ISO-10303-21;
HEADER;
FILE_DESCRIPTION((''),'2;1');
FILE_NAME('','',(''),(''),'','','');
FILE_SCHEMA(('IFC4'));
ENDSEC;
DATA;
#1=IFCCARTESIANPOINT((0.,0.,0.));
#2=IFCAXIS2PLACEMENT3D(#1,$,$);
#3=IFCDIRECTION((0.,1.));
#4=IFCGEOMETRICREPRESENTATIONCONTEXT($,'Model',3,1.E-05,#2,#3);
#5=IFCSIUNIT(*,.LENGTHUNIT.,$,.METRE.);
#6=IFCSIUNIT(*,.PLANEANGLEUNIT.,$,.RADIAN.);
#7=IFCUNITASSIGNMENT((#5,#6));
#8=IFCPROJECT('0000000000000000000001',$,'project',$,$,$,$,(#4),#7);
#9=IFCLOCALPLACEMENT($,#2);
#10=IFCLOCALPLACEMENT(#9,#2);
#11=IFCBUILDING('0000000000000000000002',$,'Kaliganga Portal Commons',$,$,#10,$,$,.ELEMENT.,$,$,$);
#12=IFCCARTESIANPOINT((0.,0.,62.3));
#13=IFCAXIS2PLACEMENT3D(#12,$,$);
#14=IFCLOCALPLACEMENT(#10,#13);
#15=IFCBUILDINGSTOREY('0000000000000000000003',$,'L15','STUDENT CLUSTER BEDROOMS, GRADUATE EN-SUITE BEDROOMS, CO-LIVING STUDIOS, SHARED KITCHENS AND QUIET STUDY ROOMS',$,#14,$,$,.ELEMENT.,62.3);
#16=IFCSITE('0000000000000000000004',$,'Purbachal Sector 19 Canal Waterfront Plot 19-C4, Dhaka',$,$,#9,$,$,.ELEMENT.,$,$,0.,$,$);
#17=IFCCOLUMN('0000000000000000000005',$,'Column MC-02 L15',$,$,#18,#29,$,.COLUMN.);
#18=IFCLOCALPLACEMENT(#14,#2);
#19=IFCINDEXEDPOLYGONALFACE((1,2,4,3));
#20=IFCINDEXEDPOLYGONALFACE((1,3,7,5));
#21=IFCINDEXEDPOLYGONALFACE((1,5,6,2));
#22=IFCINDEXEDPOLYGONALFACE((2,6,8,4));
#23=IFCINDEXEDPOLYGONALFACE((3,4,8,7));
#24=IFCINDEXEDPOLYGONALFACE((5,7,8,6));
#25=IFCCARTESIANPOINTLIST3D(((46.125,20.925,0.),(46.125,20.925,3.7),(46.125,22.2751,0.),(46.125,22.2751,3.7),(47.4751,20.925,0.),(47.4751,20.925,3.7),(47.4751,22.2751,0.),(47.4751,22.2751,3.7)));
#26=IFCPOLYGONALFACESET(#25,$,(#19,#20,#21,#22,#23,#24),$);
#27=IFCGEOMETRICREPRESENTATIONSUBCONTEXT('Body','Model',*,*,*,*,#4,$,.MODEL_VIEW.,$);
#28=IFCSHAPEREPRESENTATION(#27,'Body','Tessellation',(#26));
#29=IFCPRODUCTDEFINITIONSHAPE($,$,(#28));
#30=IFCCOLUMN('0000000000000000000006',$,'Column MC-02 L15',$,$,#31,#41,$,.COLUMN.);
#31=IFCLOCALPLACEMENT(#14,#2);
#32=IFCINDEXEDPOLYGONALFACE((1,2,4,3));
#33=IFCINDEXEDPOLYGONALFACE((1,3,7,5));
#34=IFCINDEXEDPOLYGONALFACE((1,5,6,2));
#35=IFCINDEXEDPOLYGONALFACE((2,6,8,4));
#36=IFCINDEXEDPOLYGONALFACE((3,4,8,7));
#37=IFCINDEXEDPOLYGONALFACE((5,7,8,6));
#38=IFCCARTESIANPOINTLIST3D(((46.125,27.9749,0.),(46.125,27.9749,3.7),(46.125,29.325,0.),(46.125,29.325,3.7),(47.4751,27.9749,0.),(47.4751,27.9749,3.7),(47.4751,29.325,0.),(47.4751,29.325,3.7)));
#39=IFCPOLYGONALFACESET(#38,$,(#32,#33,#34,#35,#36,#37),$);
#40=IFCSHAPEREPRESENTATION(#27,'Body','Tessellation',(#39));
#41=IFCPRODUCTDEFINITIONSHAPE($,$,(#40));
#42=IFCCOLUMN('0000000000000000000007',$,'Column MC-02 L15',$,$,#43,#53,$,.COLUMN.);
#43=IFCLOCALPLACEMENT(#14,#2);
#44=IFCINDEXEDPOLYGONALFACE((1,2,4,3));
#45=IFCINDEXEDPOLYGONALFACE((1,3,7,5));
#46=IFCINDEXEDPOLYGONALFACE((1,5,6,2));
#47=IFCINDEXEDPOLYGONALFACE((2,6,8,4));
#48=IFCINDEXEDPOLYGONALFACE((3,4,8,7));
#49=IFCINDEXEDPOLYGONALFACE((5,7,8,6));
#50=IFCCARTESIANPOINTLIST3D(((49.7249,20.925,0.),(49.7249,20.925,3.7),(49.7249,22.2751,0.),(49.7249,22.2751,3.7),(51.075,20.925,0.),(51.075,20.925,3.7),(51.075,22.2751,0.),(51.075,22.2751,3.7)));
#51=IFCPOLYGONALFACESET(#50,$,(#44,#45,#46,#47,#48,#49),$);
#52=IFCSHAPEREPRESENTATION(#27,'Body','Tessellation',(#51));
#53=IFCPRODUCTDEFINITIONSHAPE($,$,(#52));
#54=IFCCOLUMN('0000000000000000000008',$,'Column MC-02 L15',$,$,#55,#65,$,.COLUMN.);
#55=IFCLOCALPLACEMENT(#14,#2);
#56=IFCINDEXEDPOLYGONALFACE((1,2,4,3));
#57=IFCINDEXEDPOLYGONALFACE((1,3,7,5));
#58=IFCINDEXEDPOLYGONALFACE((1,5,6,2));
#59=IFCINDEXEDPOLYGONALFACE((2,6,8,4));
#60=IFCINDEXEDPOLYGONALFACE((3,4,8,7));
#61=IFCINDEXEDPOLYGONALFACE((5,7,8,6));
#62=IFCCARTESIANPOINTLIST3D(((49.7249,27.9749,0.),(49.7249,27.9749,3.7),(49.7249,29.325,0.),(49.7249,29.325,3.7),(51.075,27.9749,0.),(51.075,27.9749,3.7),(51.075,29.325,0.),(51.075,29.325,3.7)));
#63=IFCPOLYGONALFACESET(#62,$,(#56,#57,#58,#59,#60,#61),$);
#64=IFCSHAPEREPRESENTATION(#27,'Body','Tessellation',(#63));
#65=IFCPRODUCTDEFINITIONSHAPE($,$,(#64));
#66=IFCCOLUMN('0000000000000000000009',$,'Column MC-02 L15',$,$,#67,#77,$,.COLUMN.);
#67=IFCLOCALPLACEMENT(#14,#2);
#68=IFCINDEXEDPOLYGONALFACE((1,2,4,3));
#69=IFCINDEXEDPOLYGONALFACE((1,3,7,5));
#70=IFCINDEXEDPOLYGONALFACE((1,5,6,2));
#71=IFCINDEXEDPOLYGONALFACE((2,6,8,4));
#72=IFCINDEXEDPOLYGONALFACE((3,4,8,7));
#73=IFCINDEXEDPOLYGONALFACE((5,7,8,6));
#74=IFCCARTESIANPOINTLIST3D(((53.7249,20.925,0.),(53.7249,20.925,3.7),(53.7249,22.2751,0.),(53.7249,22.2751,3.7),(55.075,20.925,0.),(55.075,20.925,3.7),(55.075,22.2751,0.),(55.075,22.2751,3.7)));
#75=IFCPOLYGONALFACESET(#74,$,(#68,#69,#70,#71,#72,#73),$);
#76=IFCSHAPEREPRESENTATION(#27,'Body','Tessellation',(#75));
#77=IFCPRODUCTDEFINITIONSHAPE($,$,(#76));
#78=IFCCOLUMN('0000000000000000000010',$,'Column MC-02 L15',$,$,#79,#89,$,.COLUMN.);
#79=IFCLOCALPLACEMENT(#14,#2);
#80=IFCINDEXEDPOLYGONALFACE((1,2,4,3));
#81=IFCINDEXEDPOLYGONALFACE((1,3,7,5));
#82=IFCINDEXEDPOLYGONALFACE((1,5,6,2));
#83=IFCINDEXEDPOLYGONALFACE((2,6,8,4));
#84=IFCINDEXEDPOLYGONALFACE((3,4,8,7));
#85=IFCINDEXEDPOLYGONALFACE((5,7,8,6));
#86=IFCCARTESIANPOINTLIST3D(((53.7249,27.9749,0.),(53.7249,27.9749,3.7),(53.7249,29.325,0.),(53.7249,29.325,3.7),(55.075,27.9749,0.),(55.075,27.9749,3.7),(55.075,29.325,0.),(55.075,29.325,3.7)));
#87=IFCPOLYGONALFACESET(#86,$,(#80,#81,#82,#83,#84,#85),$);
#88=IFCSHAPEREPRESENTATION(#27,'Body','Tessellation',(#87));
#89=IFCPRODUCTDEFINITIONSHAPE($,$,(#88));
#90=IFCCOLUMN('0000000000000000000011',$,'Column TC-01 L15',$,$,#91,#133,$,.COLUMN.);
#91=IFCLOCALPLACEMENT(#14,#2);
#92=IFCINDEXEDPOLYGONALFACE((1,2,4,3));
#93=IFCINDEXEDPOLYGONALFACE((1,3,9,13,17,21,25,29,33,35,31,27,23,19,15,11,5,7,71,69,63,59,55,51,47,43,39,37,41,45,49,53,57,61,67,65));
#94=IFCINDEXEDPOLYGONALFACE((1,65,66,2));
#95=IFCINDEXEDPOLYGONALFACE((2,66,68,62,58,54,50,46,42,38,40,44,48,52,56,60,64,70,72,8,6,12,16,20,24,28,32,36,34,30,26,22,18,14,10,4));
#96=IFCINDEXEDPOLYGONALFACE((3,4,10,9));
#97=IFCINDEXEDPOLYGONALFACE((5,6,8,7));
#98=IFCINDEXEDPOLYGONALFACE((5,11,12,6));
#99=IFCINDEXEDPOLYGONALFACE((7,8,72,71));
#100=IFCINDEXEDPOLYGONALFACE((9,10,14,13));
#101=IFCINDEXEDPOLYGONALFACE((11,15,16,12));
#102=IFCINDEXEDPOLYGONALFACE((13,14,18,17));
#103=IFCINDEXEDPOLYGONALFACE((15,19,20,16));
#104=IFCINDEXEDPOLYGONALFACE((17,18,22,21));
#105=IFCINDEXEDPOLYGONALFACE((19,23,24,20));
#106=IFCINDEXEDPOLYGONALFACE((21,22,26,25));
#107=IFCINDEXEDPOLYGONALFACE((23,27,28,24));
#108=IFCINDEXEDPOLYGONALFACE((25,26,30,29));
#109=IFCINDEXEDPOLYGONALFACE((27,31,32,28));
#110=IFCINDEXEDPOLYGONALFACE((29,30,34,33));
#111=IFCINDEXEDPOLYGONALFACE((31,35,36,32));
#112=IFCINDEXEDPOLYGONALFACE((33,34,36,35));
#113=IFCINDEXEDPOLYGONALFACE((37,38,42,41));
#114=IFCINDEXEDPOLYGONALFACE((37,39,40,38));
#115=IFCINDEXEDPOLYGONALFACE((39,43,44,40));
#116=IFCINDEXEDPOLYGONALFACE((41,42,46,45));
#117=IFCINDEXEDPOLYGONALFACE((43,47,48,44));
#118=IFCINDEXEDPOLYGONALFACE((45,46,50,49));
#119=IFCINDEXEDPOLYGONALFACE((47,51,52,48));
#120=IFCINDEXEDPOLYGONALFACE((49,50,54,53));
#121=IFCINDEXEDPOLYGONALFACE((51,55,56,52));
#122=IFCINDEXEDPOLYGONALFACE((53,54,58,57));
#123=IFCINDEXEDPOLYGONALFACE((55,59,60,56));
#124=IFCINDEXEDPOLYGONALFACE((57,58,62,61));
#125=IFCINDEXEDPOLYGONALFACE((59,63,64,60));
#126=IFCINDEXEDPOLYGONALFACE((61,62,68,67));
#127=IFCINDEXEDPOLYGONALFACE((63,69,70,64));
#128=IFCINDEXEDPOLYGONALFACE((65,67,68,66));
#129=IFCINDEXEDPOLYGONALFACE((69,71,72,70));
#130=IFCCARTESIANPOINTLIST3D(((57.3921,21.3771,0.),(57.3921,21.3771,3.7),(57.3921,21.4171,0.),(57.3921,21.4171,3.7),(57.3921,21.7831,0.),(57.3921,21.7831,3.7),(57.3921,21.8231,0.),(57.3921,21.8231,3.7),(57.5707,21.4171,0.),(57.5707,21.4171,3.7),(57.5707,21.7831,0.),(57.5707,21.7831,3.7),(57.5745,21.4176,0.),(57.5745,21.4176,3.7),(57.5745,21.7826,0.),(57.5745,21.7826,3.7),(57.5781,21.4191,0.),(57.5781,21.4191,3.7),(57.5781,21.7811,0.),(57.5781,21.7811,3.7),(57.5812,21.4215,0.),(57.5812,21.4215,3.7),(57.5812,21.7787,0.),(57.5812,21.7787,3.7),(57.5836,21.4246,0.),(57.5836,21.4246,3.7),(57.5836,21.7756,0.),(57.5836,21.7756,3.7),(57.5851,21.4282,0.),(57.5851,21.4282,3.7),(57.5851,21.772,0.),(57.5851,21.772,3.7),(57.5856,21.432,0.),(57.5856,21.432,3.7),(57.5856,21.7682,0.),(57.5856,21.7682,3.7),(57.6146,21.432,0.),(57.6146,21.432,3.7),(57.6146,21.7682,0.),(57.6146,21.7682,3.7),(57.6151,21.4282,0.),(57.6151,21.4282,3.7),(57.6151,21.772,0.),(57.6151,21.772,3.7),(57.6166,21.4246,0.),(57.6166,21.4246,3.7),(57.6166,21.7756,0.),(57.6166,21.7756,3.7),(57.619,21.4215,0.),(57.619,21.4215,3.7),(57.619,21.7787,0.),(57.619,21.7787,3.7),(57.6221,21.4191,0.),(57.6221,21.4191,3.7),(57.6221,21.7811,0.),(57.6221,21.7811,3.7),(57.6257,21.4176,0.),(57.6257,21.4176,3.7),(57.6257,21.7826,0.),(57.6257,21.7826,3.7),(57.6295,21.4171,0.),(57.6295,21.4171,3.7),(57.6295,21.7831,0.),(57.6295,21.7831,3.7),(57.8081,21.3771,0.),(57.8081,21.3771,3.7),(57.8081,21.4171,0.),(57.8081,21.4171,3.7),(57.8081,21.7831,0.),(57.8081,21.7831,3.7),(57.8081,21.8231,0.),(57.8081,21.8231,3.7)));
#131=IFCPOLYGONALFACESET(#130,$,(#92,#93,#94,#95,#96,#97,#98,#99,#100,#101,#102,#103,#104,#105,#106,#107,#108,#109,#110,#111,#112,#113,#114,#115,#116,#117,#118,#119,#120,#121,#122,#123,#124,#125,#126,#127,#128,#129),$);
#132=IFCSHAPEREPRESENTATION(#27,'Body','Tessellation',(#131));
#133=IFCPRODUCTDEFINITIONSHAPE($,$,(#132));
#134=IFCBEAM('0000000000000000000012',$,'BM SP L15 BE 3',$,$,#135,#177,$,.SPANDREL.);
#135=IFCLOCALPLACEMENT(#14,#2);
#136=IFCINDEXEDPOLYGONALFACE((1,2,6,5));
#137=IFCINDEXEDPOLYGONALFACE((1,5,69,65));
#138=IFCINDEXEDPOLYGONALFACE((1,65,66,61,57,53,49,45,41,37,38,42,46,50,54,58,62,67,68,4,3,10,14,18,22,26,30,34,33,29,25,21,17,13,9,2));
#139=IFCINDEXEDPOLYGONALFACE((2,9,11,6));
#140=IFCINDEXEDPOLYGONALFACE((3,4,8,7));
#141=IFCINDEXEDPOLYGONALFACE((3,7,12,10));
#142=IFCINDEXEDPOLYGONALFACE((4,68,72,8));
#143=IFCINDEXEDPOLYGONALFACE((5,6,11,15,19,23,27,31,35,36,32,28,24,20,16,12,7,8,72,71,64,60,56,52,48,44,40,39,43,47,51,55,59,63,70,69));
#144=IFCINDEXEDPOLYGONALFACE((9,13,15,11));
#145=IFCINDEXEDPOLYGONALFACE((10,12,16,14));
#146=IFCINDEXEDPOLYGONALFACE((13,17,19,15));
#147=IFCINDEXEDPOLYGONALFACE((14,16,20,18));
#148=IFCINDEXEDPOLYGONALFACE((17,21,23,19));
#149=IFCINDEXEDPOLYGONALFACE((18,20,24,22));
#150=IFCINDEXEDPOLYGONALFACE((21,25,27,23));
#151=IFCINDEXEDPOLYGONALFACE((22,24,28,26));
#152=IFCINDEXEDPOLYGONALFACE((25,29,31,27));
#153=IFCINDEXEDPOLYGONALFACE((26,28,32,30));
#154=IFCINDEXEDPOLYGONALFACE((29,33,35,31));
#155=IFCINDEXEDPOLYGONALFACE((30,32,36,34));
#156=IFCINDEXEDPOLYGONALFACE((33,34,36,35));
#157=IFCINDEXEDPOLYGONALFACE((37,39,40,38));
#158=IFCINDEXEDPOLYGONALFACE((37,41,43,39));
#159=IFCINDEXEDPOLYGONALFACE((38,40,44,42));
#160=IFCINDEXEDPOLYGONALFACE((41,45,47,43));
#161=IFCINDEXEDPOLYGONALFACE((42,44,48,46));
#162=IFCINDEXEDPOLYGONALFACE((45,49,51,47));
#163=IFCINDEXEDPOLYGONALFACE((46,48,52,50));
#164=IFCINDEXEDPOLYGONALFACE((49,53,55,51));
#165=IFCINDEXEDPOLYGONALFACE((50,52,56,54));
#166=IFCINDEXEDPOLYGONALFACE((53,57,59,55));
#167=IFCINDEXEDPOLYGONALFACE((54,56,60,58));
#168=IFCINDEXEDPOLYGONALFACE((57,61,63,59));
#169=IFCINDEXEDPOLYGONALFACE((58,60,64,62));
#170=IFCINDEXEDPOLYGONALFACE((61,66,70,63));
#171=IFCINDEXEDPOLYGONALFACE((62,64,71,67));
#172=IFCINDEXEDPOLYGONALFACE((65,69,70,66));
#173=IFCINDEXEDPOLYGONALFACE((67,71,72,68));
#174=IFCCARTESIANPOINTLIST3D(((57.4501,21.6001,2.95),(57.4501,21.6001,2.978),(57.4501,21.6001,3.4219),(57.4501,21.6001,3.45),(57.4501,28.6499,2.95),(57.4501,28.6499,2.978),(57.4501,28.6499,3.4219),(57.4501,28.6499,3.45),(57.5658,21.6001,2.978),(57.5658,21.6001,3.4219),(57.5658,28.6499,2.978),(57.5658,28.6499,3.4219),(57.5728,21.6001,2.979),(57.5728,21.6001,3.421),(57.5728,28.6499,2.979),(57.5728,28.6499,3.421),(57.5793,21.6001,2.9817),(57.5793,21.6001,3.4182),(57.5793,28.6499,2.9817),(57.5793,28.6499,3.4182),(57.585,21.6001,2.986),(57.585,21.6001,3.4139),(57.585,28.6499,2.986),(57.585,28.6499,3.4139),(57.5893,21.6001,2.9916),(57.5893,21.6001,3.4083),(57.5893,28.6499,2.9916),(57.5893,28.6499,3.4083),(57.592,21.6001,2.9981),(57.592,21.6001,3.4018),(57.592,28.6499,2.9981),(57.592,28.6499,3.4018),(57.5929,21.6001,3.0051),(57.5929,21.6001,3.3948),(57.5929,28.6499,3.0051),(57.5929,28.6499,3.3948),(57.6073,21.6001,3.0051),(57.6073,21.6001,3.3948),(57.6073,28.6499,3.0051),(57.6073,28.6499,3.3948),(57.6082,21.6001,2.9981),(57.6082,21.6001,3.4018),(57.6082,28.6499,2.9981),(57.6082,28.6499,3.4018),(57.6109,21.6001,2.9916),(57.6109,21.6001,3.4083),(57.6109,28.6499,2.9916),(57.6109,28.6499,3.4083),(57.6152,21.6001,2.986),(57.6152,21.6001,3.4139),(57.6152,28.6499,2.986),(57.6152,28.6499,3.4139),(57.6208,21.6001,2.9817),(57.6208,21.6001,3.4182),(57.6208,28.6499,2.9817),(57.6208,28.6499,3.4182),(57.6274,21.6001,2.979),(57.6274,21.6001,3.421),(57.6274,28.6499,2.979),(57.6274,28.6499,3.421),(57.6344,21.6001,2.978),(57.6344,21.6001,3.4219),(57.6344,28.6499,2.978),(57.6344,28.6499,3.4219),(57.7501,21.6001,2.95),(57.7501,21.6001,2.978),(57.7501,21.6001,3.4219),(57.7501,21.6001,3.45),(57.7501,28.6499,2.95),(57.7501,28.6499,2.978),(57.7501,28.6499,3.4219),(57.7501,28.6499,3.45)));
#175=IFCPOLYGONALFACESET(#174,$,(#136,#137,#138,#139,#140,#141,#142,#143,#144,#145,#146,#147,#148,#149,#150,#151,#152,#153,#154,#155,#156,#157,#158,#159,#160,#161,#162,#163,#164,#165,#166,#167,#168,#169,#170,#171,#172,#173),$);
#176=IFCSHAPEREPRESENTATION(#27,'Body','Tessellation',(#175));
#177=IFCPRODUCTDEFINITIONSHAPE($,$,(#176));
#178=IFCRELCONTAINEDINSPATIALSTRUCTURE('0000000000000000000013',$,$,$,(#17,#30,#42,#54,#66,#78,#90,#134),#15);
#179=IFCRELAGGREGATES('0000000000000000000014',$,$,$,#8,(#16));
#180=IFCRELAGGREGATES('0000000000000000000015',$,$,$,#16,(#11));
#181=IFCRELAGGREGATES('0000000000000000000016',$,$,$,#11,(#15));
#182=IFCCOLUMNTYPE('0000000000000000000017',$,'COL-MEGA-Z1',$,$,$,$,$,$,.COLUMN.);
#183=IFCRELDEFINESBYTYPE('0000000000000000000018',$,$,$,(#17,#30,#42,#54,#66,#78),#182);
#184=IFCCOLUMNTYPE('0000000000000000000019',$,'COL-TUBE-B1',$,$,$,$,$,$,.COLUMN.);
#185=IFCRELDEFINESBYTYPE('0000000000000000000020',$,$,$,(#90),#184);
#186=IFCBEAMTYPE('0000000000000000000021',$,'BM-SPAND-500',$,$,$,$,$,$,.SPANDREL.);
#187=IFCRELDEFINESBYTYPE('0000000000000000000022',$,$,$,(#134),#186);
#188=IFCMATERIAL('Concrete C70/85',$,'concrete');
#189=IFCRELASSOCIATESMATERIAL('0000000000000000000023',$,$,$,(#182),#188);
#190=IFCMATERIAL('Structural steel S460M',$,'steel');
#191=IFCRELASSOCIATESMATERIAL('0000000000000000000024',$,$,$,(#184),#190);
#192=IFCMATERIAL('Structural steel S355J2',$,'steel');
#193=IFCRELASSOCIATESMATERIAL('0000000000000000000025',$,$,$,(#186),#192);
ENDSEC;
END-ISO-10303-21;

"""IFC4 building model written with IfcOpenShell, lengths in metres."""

from ifc_helpers import new_model, si_unit, direction, frame, origin, origin_2d, place, context, subcontext, project, spatial, rectangle, i_section, extrude, source, transform, mapped, material, material_profile, profile_set, type_object, element, save


model = new_model("IFC4")

# Units and contexts
model_context = context("Model", 3, precision=1e-05, world=origin(), true_north=direction((0.0, 1.0)))
body_context = subcontext(model_context, "Body", "Model", "MODEL_VIEW")
ifc_project = project(units=[si_unit("LENGTHUNIT", "METRE"), si_unit("PLANEANGLEUNIT", "RADIAN")], contexts=[model_context])

# Site, building, storey
site_placement = place(None, origin())
site = spatial("IfcSite", under=ifc_project, at=site_placement, Name="Purbachal Sector 19 Canal Waterfront Plot 19-C4, Dhaka", CompositionType="ELEMENT", RefElevation=0.0)
building_placement = place(site_placement, origin())
building = spatial("IfcBuilding", under=site, at=building_placement, Name="Kaliganga Portal Commons", CompositionType="ELEMENT")
storey_placement = place(building_placement, frame((0.0, 0.0, 62.3)))
storey = spatial("IfcBuildingStorey", under=building, at=storey_placement, Name="L15", Description="STUDENT CLUSTER BEDROOMS, GRADUATE EN-SUITE BEDROOMS, CO-LIVING STUDIOS, SHARED KITCHENS AND QUIET STUDY ROOMS", CompositionType="ELEMENT", Elevation=62.3)

# Columns
ifc_material_1 = material(Name="Concrete C70/85", Category="concrete")
ifc_material_profile_1 = material_profile(ifc_material_1, rectangle(XDim=1.3501, YDim=1.3501, at=origin_2d()), Name="RC 1350x1350")
ifc_profile_set_1 = profile_set([ifc_material_profile_1], Name="Concrete C70/85")
column_type_1 = type_object("IfcColumnType", Name="COL-MEGA-Z1", PredefinedType="COLUMN", material=ifc_profile_set_1)
shared_shape_1 = source(origin(), body_context, "Body", "SweptSolid", [
    extrude(rectangle(XDim=1.3501, YDim=1.3501, at=origin_2d()), origin(), (0.0, 0.0, 1.0), 3.7),
])
for number, where, z_axis, x_axis, name in (
    (1, (46.8, 21.6001, 0.0), (0.0, 0.0, 1.0), (1.0, 0.0, 0.0), "Column MC-02 L15"),
    (2, (46.8, 28.6499, 0.0), (0.0, 0.0, 1.0), (1.0, 0.0, 0.0), "Column MC-02 L15"),
    (3, (50.3999, 21.6001, 0.0), (0.0, 0.0, 1.0), (1.0, 0.0, 0.0), "Column MC-02 L15"),
    (4, (50.3999, 28.6499, 0.0), (0.0, 0.0, 1.0), (1.0, 0.0, 0.0), "Column MC-02 L15"),
    (5, (54.3999, 21.6001, 0.0), (0.0, 0.0, 1.0), (1.0, 0.0, 0.0), "Column MC-02 L15"),
    (6, (54.3999, 28.6499, 0.0), (0.0, 0.0, 1.0), (1.0, 0.0, 0.0), "Column MC-02 L15"),
):
    element("IfcColumn", number, at=place(storey_placement, frame(where, z_axis=z_axis, x_axis=x_axis)), inside=storey, type_object=column_type_1, Name=name, PredefinedType="COLUMN", context=body_context, shape_type="MappedRepresentation", body=[
        mapped(shared_shape_1, transform((0.0, 0.0, 0.0), x_axis=(1.0, 0.0, 0.0), y_axis=(0.0, 1.0, 0.0), z_axis=(0.0, 0.0, 1.0), scale=1.0)),
    ])
ifc_material_2 = material(Name="Structural steel S460M", Category="steel")
ifc_material_profile_2 = material_profile(ifc_material_2, i_section(OverallWidth=0.416, OverallDepth=0.446, WebThickness=0.0291, FlangeThickness=0.04, FilletRadius=0.0149, at=origin_2d()), Name="HD 400x509")
ifc_profile_set_2 = profile_set([ifc_material_profile_2], Name="Structural steel S460M wide-flange")
column_type_2 = type_object("IfcColumnType", Name="COL-TUBE-B1", PredefinedType="COLUMN", material=ifc_profile_set_2)
shared_shape_2 = source(origin(), body_context, "Body", "SweptSolid", [
    extrude(i_section(OverallWidth=0.416, OverallDepth=0.446, WebThickness=0.0291, FlangeThickness=0.04, FilletRadius=0.0149, at=origin_2d()), origin(), (0.0, 0.0, 1.0), 3.7),
])
column_placement = place(storey_placement, frame((57.6001, 21.6001, 0.0), z_axis=(0.0, 0.0, 1.0), x_axis=(1.0, 0.0, 0.0)))
element("IfcColumn", 7, at=column_placement, inside=storey, type_object=column_type_2, Name="Column TC-01 L15", PredefinedType="COLUMN", context=body_context, shape_type="MappedRepresentation", body=[
    mapped(shared_shape_2, transform((0.0, 0.0, 0.0), x_axis=(1.0, 0.0, 0.0), y_axis=(0.0, 1.0, 0.0), z_axis=(0.0, 0.0, 1.0), scale=1.0)),
])

# Beam
ifc_material_3 = material(Name="Structural steel S355J2", Category="steel")
ifc_material_profile_3 = material_profile(ifc_material_3, i_section(OverallWidth=0.3, OverallDepth=0.5, WebThickness=0.0144, FlangeThickness=0.0281, FilletRadius=0.0271, at=origin_2d()), Name="HE 500 B")
ifc_profile_set_3 = profile_set([ifc_material_profile_3], Name="Structural steel S355J2 wide-flange")
beam_type_1 = type_object("IfcBeamType", Name="BM-SPAND-500", PredefinedType="SPANDREL", material=ifc_profile_set_3)
shared_shape_3 = source(origin(), body_context, "Body", "SweptSolid", [
    extrude(i_section(OverallWidth=0.3, OverallDepth=0.5, WebThickness=0.0144, FlangeThickness=0.0281, FilletRadius=0.0271, at=origin_2d()), origin(), (0.0, 0.0, 1.0), 7.0498),
])
beam_1_placement = place(storey_placement, frame((57.6001, 21.6001, 3.2), z_axis=(0.0, 1.0, 0.0), x_axis=(-1.0, 0.0, 0.0)))
element("IfcBeam", 8, at=beam_1_placement, inside=storey, type_object=beam_type_1, Name="BM SP L15 BE 3", PredefinedType="SPANDREL", context=body_context, shape_type="MappedRepresentation", body=[
    mapped(shared_shape_3, transform((0.0, 0.0, 0.0), x_axis=(1.0, 0.0, 0.0), y_axis=(0.0, 1.0, 0.0), z_axis=(0.0, 0.0, 1.0), scale=1.0)),
])

save(model, "model.ifc")
